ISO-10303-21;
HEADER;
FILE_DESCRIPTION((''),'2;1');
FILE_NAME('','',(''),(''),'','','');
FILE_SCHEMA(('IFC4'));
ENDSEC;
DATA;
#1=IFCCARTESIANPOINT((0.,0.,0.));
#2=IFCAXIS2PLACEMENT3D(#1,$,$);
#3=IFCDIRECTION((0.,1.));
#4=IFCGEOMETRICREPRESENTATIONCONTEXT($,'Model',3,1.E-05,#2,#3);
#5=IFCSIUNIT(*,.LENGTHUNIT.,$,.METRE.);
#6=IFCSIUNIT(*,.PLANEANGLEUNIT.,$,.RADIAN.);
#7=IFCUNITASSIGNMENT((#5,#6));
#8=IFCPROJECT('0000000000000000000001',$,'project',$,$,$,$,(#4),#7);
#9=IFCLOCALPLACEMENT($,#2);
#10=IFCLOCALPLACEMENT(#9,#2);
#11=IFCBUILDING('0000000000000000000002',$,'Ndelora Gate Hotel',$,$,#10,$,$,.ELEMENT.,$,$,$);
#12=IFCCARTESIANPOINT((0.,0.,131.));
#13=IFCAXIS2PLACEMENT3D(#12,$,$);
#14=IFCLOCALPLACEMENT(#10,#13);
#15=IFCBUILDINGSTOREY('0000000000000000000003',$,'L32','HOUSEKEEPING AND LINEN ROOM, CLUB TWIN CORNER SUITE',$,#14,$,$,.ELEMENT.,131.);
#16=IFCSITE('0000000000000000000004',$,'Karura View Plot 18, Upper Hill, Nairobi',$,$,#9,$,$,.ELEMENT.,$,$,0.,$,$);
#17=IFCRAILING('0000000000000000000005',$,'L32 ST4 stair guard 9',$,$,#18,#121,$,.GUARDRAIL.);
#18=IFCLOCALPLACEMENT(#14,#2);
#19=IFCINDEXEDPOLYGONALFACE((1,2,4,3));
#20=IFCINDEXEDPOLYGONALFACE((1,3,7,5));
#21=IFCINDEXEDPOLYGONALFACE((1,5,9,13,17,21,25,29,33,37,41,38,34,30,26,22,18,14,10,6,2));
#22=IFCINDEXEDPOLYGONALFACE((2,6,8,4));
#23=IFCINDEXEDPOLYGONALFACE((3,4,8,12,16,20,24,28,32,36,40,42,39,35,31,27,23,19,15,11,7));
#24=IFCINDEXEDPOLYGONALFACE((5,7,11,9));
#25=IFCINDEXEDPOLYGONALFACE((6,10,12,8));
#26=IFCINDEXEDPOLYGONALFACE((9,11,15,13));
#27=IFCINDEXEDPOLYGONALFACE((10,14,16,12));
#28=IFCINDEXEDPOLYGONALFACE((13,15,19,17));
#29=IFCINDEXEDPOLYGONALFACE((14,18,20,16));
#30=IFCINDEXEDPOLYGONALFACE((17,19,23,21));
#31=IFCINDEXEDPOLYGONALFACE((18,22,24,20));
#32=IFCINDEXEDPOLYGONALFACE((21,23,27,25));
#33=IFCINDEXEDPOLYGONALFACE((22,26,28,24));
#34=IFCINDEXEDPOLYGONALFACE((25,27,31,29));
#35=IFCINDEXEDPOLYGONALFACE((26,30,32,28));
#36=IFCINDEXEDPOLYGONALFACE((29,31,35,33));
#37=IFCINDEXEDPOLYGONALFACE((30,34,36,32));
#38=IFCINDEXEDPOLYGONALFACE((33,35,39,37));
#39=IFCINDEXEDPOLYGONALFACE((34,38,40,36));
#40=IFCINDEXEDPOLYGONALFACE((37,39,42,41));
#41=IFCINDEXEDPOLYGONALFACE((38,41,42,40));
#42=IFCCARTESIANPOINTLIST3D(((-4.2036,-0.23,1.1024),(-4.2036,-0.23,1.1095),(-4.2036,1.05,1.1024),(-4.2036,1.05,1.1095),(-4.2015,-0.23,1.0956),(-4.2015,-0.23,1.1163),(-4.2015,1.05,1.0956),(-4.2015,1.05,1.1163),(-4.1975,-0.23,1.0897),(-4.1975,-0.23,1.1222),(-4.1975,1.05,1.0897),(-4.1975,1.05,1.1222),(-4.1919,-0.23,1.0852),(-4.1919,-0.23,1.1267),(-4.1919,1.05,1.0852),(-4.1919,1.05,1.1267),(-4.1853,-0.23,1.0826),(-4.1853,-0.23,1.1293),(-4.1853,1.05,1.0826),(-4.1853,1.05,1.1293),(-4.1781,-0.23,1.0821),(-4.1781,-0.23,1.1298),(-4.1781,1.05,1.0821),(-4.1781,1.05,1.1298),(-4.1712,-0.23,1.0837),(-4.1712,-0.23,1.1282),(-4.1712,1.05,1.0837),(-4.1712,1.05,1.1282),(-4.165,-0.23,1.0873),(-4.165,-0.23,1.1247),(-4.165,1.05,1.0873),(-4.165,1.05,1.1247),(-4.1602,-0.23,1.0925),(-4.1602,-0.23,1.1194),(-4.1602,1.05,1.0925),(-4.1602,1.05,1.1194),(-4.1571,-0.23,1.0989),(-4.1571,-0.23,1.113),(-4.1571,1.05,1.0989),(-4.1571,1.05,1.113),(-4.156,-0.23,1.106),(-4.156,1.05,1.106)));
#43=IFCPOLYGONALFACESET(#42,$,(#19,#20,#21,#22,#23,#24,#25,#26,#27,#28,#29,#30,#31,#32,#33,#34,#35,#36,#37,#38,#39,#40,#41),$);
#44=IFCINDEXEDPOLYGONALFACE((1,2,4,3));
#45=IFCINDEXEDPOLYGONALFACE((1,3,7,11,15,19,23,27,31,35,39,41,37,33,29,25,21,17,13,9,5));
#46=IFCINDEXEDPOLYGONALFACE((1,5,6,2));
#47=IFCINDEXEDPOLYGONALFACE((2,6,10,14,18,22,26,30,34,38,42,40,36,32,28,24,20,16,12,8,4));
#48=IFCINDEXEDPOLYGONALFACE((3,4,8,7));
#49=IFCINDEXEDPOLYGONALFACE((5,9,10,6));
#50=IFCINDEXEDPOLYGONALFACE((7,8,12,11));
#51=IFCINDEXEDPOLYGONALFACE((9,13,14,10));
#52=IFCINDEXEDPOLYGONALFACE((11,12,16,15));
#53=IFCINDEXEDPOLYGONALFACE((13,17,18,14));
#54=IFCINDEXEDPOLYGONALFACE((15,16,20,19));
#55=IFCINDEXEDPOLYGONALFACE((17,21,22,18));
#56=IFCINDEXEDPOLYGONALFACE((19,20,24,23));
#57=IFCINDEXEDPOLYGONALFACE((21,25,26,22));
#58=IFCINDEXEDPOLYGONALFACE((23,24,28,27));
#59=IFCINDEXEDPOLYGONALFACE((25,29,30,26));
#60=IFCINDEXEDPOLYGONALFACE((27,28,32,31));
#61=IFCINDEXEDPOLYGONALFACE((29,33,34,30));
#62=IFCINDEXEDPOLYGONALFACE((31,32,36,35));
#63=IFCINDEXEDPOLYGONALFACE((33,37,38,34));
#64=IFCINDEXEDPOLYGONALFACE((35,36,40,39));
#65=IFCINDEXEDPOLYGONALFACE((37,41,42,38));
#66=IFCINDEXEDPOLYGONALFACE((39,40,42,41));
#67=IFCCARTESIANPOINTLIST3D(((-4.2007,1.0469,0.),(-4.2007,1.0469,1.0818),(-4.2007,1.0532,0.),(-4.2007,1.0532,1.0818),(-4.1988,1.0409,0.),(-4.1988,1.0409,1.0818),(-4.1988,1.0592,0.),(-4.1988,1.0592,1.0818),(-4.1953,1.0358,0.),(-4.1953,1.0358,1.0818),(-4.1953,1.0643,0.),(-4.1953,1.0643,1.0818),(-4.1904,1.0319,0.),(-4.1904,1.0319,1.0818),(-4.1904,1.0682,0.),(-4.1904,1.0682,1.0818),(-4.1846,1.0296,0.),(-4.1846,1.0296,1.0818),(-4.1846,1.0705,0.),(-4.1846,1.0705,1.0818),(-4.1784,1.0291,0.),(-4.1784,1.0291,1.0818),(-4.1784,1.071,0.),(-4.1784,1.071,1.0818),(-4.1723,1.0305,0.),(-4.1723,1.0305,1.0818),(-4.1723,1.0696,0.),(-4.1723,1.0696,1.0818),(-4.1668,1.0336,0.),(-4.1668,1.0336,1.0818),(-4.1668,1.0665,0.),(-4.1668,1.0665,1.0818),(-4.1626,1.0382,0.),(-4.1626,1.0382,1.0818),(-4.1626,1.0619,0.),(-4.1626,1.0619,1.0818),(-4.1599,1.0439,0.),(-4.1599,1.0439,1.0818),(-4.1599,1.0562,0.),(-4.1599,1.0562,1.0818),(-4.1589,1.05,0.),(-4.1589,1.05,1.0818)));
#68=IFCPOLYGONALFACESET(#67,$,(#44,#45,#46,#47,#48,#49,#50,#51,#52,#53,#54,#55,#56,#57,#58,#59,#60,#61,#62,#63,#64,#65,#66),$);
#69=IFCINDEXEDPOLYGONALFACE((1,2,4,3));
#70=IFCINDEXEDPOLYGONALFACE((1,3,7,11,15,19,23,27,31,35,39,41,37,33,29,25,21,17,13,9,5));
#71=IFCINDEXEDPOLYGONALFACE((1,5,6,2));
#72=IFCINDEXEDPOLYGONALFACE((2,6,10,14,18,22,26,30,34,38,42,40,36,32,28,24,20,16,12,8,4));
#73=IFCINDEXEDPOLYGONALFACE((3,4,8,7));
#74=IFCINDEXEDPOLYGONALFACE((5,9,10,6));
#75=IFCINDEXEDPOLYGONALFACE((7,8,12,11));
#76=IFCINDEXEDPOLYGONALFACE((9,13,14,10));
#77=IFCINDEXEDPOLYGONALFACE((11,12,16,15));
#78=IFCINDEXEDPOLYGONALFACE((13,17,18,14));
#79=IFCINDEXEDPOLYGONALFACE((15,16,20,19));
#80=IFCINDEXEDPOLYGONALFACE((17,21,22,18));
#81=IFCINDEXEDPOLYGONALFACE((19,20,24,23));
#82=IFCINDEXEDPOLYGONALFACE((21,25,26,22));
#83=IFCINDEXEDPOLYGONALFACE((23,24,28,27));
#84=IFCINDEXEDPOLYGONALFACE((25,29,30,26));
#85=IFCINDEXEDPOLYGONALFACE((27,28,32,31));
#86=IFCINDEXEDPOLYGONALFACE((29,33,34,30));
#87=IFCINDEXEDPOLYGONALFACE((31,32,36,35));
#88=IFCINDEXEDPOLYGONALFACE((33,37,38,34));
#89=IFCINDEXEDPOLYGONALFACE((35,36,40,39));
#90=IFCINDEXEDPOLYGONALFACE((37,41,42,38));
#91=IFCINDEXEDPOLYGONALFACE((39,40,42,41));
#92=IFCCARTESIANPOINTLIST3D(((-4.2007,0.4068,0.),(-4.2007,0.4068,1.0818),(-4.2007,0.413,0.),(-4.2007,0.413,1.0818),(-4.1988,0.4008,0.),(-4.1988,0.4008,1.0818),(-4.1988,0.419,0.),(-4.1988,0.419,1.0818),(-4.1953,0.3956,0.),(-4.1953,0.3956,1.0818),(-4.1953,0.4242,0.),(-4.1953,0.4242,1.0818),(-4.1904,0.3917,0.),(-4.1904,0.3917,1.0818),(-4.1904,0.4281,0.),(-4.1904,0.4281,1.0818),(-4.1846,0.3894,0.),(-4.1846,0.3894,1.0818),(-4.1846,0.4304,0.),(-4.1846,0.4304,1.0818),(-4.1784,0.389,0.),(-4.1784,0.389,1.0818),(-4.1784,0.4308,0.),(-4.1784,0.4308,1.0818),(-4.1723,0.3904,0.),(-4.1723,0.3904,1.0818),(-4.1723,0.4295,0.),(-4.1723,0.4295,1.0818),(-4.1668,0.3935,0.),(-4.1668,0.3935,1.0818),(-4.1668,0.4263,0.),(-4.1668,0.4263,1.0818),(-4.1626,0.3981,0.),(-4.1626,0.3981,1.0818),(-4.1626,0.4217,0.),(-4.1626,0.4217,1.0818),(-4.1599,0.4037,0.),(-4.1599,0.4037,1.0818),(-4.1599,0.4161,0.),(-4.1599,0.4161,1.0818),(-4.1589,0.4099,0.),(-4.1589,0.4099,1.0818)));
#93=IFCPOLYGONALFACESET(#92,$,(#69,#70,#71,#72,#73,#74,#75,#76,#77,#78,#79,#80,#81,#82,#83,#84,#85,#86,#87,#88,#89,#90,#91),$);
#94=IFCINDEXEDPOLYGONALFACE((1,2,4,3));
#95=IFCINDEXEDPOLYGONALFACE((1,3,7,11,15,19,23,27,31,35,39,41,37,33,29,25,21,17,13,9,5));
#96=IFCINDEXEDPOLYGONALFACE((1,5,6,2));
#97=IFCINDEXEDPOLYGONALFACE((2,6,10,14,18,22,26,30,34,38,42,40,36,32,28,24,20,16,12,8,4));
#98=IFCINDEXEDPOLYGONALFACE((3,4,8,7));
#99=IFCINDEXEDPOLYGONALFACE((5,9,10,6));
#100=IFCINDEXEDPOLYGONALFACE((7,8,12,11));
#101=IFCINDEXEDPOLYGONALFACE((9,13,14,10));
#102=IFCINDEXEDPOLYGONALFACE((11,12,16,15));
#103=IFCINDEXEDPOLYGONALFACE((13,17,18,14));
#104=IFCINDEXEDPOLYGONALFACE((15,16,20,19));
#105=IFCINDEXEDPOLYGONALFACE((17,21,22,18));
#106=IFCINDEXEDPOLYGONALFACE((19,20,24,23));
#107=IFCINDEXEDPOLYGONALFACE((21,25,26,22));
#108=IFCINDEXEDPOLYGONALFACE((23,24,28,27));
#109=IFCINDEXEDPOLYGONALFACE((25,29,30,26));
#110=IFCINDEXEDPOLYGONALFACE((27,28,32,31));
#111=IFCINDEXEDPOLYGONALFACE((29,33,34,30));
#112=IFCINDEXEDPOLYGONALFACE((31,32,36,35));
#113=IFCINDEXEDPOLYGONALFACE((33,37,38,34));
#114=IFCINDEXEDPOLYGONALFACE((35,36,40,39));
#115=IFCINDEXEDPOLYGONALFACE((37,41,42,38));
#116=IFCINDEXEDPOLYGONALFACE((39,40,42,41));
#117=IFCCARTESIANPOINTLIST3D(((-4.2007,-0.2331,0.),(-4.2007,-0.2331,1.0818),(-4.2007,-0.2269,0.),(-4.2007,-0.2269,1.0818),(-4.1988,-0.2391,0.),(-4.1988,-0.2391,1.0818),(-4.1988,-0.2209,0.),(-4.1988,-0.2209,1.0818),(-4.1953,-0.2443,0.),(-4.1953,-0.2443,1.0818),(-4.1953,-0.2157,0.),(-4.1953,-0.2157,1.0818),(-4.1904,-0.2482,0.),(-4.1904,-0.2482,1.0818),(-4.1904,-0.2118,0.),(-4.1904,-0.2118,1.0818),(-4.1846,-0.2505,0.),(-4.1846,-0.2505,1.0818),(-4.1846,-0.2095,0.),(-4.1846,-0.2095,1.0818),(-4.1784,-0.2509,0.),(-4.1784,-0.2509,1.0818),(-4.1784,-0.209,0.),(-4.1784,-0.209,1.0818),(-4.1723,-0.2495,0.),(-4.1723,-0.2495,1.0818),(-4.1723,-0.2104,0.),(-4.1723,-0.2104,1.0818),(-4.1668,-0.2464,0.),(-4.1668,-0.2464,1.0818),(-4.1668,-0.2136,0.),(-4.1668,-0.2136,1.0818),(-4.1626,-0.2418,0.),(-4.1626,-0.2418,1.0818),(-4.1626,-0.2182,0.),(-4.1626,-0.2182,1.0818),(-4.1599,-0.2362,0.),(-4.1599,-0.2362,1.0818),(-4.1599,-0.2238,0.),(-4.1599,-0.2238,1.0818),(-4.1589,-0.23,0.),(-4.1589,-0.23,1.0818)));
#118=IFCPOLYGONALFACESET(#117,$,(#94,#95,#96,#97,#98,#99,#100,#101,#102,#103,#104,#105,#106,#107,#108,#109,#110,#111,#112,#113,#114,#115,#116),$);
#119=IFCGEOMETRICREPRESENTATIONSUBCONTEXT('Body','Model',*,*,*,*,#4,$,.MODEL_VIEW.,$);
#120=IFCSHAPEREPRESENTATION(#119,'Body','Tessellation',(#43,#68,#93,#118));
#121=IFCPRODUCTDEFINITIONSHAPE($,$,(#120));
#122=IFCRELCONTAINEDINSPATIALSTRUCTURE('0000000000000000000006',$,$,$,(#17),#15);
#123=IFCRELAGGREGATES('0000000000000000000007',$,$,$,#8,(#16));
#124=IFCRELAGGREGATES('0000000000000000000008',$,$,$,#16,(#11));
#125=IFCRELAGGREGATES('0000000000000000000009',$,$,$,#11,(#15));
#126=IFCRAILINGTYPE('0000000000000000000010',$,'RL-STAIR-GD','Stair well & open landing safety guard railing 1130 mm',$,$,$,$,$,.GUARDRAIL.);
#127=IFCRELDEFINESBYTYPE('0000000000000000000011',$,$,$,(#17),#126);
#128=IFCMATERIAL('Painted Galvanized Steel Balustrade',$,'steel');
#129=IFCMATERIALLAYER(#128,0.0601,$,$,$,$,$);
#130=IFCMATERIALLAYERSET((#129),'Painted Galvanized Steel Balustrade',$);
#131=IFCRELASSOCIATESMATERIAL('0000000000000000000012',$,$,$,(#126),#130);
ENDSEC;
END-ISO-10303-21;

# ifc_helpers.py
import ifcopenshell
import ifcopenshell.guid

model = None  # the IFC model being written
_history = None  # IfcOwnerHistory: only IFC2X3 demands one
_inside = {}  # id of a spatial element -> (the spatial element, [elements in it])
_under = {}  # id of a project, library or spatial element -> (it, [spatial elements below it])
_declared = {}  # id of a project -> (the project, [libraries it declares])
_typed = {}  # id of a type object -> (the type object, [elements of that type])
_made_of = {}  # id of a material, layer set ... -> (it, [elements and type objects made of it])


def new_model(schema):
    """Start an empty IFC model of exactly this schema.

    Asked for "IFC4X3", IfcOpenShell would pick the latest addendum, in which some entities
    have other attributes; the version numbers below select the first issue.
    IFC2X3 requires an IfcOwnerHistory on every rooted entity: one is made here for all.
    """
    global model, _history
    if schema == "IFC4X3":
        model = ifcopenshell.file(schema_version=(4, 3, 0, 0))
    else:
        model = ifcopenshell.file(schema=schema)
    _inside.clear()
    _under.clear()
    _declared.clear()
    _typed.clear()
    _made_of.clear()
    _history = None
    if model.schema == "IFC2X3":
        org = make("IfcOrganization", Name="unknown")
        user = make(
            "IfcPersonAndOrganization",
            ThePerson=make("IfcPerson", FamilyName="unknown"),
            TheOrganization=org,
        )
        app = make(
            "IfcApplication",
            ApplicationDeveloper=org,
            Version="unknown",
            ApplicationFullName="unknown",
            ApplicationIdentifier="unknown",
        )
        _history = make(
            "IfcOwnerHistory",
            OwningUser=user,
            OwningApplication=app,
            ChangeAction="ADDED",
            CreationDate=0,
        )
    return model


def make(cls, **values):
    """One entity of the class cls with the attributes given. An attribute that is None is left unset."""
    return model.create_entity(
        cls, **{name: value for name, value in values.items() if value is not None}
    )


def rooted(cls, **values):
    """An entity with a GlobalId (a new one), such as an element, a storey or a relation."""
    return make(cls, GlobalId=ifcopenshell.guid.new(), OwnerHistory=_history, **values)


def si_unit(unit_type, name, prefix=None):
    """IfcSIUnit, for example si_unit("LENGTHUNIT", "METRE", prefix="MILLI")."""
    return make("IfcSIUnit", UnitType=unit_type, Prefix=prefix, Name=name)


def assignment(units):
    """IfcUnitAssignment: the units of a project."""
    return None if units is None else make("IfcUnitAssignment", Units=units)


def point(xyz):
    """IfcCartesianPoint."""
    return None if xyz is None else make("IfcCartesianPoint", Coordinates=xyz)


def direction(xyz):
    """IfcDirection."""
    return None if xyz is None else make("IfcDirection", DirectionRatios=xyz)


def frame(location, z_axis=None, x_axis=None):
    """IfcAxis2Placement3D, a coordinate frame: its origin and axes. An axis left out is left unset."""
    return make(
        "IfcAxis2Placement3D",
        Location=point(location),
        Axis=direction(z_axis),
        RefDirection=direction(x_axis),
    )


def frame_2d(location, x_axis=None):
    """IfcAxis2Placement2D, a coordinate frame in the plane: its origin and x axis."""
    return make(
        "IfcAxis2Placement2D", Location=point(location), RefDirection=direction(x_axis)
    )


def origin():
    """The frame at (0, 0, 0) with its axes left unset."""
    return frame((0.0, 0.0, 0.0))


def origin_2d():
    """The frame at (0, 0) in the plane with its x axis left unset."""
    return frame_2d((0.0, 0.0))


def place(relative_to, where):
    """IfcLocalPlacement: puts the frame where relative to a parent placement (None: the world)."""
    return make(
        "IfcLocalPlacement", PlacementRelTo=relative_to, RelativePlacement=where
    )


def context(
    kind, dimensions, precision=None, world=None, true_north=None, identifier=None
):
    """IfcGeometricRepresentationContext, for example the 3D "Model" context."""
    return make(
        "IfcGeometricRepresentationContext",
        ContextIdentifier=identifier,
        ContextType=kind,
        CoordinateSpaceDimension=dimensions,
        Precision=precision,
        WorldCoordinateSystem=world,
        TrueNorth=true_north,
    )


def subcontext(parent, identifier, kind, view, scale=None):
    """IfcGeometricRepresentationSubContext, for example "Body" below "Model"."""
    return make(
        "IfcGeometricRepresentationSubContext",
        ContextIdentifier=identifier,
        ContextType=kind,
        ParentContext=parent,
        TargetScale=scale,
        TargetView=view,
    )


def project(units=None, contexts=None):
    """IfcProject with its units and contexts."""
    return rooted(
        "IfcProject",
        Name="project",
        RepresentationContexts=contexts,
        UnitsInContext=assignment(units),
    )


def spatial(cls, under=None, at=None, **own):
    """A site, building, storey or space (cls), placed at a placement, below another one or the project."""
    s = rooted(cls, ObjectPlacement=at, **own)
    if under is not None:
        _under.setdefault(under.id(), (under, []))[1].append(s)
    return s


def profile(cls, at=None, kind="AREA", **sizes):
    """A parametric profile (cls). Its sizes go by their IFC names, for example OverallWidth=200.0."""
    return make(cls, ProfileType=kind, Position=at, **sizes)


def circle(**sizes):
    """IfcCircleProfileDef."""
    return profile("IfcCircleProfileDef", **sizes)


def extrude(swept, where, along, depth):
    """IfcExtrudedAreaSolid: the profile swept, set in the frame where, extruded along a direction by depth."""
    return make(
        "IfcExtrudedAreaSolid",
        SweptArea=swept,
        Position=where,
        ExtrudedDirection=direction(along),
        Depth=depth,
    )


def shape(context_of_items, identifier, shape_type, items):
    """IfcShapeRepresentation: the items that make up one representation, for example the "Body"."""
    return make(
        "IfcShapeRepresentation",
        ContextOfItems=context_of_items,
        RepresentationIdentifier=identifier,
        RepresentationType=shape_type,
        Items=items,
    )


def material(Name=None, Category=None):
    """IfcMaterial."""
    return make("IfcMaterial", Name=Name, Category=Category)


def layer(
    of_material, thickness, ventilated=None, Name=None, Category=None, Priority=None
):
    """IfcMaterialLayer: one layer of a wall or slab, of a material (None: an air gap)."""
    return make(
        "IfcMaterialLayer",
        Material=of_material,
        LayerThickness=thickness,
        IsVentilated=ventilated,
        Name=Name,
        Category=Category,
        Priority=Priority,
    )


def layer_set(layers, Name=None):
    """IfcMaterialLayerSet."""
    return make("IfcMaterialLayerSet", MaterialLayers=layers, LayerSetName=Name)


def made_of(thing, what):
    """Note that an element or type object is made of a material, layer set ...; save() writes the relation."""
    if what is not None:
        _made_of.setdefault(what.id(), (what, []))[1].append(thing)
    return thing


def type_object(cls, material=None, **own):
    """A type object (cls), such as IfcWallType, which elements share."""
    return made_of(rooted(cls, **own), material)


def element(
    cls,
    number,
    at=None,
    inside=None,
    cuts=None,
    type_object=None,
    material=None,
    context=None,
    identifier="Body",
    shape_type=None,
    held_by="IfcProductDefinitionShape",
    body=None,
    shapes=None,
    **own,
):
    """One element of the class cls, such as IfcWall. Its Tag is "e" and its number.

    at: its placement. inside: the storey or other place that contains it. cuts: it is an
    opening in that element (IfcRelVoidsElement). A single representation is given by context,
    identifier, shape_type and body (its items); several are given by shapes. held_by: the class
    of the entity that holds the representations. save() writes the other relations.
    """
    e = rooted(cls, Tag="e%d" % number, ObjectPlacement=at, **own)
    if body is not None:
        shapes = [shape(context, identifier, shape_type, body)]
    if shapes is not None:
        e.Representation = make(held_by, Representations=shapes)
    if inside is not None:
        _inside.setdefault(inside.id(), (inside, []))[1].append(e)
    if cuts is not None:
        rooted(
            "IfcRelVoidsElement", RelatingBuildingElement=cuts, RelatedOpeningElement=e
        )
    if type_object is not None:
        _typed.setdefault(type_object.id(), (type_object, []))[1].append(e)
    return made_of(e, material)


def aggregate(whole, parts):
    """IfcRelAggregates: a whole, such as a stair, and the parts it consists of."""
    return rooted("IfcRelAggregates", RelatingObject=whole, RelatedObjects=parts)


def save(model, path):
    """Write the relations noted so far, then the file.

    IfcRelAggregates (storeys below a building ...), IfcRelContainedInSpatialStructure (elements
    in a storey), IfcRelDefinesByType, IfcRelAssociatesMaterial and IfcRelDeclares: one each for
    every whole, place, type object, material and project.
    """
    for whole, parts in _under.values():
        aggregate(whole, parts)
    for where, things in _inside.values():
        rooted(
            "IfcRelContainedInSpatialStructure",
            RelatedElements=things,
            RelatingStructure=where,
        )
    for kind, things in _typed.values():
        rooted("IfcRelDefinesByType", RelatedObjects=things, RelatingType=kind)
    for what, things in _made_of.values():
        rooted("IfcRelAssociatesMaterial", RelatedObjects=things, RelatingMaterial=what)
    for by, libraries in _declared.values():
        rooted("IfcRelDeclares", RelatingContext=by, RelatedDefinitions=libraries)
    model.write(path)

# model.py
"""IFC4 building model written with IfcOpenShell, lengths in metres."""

from ifc_helpers import new_model, si_unit, direction, frame, origin, origin_2d, place, context, subcontext, project, spatial, circle, extrude, material, layer, layer_set, type_object, element, save


model = new_model("IFC4")

# Units and contexts
model_context = context("Model", 3, precision=1e-05, world=origin(), true_north=direction((0.0, 1.0)))
body_context = subcontext(model_context, "Body", "Model", "MODEL_VIEW")
ifc_project = project(units=[si_unit("LENGTHUNIT", "METRE"), si_unit("PLANEANGLEUNIT", "RADIAN")], contexts=[model_context])

# Site, building, storey
site_placement = place(None, origin())
site = spatial("IfcSite", under=ifc_project, at=site_placement, Name="Karura View Plot 18, Upper Hill, Nairobi", CompositionType="ELEMENT", RefElevation=0.0)
building_placement = place(site_placement, origin())
building = spatial("IfcBuilding", under=site, at=building_placement, Name="Ndelora Gate Hotel", CompositionType="ELEMENT")
storey_placement = place(building_placement, frame((0.0, 0.0, 131.0)))
storey = spatial("IfcBuildingStorey", under=building, at=storey_placement, Name="L32", Description="HOUSEKEEPING AND LINEN ROOM, CLUB TWIN CORNER SUITE", CompositionType="ELEMENT", Elevation=131.0)

# Railing
ifc_material_1 = material(Name="Painted Galvanized Steel Balustrade", Category="steel")
ifc_layer_1 = layer(ifc_material_1, 0.0601)
ifc_layer_set_1 = layer_set([ifc_layer_1], Name="Painted Galvanized Steel Balustrade")
railing_type = type_object("IfcRailingType", Name="RL-STAIR-GD", Description="Stair well & open landing safety guard railing 1130 mm", PredefinedType="GUARDRAIL", material=ifc_layer_set_1)
for number, where, name in (
    (1, (-4.1799, 1.05, 0.0), "L32 ST4 stair guard 9"),
):
    element("IfcRailing", number, at=place(storey_placement, frame(where)), inside=storey, type_object=railing_type, Name=name, PredefinedType="GUARDRAIL", context=body_context, shape_type="SweptSolid", body=[
        extrude(circle(Radius=0.0239, at=origin_2d()), frame((0.0, 0.0, 1.106), z_axis=(0.0, -1.0, 0.0), x_axis=(1.0, 0.0, 0.0)), (0.0, 0.0, 1.0), 1.28),
        extrude(circle(Radius=0.021, at=origin_2d()), origin(), (0.0, 0.0, 1.0), 1.0818),
        extrude(circle(Radius=0.021, at=origin_2d()), frame((0.0, -0.6401, 0.0)), (0.0, 0.0, 1.0), 1.0818),
        extrude(circle(Radius=0.021, at=origin_2d()), frame((0.0, -1.28, 0.0)), (0.0, 0.0, 1.0), 1.0818),
    ])

save(model, "model.ifc")
